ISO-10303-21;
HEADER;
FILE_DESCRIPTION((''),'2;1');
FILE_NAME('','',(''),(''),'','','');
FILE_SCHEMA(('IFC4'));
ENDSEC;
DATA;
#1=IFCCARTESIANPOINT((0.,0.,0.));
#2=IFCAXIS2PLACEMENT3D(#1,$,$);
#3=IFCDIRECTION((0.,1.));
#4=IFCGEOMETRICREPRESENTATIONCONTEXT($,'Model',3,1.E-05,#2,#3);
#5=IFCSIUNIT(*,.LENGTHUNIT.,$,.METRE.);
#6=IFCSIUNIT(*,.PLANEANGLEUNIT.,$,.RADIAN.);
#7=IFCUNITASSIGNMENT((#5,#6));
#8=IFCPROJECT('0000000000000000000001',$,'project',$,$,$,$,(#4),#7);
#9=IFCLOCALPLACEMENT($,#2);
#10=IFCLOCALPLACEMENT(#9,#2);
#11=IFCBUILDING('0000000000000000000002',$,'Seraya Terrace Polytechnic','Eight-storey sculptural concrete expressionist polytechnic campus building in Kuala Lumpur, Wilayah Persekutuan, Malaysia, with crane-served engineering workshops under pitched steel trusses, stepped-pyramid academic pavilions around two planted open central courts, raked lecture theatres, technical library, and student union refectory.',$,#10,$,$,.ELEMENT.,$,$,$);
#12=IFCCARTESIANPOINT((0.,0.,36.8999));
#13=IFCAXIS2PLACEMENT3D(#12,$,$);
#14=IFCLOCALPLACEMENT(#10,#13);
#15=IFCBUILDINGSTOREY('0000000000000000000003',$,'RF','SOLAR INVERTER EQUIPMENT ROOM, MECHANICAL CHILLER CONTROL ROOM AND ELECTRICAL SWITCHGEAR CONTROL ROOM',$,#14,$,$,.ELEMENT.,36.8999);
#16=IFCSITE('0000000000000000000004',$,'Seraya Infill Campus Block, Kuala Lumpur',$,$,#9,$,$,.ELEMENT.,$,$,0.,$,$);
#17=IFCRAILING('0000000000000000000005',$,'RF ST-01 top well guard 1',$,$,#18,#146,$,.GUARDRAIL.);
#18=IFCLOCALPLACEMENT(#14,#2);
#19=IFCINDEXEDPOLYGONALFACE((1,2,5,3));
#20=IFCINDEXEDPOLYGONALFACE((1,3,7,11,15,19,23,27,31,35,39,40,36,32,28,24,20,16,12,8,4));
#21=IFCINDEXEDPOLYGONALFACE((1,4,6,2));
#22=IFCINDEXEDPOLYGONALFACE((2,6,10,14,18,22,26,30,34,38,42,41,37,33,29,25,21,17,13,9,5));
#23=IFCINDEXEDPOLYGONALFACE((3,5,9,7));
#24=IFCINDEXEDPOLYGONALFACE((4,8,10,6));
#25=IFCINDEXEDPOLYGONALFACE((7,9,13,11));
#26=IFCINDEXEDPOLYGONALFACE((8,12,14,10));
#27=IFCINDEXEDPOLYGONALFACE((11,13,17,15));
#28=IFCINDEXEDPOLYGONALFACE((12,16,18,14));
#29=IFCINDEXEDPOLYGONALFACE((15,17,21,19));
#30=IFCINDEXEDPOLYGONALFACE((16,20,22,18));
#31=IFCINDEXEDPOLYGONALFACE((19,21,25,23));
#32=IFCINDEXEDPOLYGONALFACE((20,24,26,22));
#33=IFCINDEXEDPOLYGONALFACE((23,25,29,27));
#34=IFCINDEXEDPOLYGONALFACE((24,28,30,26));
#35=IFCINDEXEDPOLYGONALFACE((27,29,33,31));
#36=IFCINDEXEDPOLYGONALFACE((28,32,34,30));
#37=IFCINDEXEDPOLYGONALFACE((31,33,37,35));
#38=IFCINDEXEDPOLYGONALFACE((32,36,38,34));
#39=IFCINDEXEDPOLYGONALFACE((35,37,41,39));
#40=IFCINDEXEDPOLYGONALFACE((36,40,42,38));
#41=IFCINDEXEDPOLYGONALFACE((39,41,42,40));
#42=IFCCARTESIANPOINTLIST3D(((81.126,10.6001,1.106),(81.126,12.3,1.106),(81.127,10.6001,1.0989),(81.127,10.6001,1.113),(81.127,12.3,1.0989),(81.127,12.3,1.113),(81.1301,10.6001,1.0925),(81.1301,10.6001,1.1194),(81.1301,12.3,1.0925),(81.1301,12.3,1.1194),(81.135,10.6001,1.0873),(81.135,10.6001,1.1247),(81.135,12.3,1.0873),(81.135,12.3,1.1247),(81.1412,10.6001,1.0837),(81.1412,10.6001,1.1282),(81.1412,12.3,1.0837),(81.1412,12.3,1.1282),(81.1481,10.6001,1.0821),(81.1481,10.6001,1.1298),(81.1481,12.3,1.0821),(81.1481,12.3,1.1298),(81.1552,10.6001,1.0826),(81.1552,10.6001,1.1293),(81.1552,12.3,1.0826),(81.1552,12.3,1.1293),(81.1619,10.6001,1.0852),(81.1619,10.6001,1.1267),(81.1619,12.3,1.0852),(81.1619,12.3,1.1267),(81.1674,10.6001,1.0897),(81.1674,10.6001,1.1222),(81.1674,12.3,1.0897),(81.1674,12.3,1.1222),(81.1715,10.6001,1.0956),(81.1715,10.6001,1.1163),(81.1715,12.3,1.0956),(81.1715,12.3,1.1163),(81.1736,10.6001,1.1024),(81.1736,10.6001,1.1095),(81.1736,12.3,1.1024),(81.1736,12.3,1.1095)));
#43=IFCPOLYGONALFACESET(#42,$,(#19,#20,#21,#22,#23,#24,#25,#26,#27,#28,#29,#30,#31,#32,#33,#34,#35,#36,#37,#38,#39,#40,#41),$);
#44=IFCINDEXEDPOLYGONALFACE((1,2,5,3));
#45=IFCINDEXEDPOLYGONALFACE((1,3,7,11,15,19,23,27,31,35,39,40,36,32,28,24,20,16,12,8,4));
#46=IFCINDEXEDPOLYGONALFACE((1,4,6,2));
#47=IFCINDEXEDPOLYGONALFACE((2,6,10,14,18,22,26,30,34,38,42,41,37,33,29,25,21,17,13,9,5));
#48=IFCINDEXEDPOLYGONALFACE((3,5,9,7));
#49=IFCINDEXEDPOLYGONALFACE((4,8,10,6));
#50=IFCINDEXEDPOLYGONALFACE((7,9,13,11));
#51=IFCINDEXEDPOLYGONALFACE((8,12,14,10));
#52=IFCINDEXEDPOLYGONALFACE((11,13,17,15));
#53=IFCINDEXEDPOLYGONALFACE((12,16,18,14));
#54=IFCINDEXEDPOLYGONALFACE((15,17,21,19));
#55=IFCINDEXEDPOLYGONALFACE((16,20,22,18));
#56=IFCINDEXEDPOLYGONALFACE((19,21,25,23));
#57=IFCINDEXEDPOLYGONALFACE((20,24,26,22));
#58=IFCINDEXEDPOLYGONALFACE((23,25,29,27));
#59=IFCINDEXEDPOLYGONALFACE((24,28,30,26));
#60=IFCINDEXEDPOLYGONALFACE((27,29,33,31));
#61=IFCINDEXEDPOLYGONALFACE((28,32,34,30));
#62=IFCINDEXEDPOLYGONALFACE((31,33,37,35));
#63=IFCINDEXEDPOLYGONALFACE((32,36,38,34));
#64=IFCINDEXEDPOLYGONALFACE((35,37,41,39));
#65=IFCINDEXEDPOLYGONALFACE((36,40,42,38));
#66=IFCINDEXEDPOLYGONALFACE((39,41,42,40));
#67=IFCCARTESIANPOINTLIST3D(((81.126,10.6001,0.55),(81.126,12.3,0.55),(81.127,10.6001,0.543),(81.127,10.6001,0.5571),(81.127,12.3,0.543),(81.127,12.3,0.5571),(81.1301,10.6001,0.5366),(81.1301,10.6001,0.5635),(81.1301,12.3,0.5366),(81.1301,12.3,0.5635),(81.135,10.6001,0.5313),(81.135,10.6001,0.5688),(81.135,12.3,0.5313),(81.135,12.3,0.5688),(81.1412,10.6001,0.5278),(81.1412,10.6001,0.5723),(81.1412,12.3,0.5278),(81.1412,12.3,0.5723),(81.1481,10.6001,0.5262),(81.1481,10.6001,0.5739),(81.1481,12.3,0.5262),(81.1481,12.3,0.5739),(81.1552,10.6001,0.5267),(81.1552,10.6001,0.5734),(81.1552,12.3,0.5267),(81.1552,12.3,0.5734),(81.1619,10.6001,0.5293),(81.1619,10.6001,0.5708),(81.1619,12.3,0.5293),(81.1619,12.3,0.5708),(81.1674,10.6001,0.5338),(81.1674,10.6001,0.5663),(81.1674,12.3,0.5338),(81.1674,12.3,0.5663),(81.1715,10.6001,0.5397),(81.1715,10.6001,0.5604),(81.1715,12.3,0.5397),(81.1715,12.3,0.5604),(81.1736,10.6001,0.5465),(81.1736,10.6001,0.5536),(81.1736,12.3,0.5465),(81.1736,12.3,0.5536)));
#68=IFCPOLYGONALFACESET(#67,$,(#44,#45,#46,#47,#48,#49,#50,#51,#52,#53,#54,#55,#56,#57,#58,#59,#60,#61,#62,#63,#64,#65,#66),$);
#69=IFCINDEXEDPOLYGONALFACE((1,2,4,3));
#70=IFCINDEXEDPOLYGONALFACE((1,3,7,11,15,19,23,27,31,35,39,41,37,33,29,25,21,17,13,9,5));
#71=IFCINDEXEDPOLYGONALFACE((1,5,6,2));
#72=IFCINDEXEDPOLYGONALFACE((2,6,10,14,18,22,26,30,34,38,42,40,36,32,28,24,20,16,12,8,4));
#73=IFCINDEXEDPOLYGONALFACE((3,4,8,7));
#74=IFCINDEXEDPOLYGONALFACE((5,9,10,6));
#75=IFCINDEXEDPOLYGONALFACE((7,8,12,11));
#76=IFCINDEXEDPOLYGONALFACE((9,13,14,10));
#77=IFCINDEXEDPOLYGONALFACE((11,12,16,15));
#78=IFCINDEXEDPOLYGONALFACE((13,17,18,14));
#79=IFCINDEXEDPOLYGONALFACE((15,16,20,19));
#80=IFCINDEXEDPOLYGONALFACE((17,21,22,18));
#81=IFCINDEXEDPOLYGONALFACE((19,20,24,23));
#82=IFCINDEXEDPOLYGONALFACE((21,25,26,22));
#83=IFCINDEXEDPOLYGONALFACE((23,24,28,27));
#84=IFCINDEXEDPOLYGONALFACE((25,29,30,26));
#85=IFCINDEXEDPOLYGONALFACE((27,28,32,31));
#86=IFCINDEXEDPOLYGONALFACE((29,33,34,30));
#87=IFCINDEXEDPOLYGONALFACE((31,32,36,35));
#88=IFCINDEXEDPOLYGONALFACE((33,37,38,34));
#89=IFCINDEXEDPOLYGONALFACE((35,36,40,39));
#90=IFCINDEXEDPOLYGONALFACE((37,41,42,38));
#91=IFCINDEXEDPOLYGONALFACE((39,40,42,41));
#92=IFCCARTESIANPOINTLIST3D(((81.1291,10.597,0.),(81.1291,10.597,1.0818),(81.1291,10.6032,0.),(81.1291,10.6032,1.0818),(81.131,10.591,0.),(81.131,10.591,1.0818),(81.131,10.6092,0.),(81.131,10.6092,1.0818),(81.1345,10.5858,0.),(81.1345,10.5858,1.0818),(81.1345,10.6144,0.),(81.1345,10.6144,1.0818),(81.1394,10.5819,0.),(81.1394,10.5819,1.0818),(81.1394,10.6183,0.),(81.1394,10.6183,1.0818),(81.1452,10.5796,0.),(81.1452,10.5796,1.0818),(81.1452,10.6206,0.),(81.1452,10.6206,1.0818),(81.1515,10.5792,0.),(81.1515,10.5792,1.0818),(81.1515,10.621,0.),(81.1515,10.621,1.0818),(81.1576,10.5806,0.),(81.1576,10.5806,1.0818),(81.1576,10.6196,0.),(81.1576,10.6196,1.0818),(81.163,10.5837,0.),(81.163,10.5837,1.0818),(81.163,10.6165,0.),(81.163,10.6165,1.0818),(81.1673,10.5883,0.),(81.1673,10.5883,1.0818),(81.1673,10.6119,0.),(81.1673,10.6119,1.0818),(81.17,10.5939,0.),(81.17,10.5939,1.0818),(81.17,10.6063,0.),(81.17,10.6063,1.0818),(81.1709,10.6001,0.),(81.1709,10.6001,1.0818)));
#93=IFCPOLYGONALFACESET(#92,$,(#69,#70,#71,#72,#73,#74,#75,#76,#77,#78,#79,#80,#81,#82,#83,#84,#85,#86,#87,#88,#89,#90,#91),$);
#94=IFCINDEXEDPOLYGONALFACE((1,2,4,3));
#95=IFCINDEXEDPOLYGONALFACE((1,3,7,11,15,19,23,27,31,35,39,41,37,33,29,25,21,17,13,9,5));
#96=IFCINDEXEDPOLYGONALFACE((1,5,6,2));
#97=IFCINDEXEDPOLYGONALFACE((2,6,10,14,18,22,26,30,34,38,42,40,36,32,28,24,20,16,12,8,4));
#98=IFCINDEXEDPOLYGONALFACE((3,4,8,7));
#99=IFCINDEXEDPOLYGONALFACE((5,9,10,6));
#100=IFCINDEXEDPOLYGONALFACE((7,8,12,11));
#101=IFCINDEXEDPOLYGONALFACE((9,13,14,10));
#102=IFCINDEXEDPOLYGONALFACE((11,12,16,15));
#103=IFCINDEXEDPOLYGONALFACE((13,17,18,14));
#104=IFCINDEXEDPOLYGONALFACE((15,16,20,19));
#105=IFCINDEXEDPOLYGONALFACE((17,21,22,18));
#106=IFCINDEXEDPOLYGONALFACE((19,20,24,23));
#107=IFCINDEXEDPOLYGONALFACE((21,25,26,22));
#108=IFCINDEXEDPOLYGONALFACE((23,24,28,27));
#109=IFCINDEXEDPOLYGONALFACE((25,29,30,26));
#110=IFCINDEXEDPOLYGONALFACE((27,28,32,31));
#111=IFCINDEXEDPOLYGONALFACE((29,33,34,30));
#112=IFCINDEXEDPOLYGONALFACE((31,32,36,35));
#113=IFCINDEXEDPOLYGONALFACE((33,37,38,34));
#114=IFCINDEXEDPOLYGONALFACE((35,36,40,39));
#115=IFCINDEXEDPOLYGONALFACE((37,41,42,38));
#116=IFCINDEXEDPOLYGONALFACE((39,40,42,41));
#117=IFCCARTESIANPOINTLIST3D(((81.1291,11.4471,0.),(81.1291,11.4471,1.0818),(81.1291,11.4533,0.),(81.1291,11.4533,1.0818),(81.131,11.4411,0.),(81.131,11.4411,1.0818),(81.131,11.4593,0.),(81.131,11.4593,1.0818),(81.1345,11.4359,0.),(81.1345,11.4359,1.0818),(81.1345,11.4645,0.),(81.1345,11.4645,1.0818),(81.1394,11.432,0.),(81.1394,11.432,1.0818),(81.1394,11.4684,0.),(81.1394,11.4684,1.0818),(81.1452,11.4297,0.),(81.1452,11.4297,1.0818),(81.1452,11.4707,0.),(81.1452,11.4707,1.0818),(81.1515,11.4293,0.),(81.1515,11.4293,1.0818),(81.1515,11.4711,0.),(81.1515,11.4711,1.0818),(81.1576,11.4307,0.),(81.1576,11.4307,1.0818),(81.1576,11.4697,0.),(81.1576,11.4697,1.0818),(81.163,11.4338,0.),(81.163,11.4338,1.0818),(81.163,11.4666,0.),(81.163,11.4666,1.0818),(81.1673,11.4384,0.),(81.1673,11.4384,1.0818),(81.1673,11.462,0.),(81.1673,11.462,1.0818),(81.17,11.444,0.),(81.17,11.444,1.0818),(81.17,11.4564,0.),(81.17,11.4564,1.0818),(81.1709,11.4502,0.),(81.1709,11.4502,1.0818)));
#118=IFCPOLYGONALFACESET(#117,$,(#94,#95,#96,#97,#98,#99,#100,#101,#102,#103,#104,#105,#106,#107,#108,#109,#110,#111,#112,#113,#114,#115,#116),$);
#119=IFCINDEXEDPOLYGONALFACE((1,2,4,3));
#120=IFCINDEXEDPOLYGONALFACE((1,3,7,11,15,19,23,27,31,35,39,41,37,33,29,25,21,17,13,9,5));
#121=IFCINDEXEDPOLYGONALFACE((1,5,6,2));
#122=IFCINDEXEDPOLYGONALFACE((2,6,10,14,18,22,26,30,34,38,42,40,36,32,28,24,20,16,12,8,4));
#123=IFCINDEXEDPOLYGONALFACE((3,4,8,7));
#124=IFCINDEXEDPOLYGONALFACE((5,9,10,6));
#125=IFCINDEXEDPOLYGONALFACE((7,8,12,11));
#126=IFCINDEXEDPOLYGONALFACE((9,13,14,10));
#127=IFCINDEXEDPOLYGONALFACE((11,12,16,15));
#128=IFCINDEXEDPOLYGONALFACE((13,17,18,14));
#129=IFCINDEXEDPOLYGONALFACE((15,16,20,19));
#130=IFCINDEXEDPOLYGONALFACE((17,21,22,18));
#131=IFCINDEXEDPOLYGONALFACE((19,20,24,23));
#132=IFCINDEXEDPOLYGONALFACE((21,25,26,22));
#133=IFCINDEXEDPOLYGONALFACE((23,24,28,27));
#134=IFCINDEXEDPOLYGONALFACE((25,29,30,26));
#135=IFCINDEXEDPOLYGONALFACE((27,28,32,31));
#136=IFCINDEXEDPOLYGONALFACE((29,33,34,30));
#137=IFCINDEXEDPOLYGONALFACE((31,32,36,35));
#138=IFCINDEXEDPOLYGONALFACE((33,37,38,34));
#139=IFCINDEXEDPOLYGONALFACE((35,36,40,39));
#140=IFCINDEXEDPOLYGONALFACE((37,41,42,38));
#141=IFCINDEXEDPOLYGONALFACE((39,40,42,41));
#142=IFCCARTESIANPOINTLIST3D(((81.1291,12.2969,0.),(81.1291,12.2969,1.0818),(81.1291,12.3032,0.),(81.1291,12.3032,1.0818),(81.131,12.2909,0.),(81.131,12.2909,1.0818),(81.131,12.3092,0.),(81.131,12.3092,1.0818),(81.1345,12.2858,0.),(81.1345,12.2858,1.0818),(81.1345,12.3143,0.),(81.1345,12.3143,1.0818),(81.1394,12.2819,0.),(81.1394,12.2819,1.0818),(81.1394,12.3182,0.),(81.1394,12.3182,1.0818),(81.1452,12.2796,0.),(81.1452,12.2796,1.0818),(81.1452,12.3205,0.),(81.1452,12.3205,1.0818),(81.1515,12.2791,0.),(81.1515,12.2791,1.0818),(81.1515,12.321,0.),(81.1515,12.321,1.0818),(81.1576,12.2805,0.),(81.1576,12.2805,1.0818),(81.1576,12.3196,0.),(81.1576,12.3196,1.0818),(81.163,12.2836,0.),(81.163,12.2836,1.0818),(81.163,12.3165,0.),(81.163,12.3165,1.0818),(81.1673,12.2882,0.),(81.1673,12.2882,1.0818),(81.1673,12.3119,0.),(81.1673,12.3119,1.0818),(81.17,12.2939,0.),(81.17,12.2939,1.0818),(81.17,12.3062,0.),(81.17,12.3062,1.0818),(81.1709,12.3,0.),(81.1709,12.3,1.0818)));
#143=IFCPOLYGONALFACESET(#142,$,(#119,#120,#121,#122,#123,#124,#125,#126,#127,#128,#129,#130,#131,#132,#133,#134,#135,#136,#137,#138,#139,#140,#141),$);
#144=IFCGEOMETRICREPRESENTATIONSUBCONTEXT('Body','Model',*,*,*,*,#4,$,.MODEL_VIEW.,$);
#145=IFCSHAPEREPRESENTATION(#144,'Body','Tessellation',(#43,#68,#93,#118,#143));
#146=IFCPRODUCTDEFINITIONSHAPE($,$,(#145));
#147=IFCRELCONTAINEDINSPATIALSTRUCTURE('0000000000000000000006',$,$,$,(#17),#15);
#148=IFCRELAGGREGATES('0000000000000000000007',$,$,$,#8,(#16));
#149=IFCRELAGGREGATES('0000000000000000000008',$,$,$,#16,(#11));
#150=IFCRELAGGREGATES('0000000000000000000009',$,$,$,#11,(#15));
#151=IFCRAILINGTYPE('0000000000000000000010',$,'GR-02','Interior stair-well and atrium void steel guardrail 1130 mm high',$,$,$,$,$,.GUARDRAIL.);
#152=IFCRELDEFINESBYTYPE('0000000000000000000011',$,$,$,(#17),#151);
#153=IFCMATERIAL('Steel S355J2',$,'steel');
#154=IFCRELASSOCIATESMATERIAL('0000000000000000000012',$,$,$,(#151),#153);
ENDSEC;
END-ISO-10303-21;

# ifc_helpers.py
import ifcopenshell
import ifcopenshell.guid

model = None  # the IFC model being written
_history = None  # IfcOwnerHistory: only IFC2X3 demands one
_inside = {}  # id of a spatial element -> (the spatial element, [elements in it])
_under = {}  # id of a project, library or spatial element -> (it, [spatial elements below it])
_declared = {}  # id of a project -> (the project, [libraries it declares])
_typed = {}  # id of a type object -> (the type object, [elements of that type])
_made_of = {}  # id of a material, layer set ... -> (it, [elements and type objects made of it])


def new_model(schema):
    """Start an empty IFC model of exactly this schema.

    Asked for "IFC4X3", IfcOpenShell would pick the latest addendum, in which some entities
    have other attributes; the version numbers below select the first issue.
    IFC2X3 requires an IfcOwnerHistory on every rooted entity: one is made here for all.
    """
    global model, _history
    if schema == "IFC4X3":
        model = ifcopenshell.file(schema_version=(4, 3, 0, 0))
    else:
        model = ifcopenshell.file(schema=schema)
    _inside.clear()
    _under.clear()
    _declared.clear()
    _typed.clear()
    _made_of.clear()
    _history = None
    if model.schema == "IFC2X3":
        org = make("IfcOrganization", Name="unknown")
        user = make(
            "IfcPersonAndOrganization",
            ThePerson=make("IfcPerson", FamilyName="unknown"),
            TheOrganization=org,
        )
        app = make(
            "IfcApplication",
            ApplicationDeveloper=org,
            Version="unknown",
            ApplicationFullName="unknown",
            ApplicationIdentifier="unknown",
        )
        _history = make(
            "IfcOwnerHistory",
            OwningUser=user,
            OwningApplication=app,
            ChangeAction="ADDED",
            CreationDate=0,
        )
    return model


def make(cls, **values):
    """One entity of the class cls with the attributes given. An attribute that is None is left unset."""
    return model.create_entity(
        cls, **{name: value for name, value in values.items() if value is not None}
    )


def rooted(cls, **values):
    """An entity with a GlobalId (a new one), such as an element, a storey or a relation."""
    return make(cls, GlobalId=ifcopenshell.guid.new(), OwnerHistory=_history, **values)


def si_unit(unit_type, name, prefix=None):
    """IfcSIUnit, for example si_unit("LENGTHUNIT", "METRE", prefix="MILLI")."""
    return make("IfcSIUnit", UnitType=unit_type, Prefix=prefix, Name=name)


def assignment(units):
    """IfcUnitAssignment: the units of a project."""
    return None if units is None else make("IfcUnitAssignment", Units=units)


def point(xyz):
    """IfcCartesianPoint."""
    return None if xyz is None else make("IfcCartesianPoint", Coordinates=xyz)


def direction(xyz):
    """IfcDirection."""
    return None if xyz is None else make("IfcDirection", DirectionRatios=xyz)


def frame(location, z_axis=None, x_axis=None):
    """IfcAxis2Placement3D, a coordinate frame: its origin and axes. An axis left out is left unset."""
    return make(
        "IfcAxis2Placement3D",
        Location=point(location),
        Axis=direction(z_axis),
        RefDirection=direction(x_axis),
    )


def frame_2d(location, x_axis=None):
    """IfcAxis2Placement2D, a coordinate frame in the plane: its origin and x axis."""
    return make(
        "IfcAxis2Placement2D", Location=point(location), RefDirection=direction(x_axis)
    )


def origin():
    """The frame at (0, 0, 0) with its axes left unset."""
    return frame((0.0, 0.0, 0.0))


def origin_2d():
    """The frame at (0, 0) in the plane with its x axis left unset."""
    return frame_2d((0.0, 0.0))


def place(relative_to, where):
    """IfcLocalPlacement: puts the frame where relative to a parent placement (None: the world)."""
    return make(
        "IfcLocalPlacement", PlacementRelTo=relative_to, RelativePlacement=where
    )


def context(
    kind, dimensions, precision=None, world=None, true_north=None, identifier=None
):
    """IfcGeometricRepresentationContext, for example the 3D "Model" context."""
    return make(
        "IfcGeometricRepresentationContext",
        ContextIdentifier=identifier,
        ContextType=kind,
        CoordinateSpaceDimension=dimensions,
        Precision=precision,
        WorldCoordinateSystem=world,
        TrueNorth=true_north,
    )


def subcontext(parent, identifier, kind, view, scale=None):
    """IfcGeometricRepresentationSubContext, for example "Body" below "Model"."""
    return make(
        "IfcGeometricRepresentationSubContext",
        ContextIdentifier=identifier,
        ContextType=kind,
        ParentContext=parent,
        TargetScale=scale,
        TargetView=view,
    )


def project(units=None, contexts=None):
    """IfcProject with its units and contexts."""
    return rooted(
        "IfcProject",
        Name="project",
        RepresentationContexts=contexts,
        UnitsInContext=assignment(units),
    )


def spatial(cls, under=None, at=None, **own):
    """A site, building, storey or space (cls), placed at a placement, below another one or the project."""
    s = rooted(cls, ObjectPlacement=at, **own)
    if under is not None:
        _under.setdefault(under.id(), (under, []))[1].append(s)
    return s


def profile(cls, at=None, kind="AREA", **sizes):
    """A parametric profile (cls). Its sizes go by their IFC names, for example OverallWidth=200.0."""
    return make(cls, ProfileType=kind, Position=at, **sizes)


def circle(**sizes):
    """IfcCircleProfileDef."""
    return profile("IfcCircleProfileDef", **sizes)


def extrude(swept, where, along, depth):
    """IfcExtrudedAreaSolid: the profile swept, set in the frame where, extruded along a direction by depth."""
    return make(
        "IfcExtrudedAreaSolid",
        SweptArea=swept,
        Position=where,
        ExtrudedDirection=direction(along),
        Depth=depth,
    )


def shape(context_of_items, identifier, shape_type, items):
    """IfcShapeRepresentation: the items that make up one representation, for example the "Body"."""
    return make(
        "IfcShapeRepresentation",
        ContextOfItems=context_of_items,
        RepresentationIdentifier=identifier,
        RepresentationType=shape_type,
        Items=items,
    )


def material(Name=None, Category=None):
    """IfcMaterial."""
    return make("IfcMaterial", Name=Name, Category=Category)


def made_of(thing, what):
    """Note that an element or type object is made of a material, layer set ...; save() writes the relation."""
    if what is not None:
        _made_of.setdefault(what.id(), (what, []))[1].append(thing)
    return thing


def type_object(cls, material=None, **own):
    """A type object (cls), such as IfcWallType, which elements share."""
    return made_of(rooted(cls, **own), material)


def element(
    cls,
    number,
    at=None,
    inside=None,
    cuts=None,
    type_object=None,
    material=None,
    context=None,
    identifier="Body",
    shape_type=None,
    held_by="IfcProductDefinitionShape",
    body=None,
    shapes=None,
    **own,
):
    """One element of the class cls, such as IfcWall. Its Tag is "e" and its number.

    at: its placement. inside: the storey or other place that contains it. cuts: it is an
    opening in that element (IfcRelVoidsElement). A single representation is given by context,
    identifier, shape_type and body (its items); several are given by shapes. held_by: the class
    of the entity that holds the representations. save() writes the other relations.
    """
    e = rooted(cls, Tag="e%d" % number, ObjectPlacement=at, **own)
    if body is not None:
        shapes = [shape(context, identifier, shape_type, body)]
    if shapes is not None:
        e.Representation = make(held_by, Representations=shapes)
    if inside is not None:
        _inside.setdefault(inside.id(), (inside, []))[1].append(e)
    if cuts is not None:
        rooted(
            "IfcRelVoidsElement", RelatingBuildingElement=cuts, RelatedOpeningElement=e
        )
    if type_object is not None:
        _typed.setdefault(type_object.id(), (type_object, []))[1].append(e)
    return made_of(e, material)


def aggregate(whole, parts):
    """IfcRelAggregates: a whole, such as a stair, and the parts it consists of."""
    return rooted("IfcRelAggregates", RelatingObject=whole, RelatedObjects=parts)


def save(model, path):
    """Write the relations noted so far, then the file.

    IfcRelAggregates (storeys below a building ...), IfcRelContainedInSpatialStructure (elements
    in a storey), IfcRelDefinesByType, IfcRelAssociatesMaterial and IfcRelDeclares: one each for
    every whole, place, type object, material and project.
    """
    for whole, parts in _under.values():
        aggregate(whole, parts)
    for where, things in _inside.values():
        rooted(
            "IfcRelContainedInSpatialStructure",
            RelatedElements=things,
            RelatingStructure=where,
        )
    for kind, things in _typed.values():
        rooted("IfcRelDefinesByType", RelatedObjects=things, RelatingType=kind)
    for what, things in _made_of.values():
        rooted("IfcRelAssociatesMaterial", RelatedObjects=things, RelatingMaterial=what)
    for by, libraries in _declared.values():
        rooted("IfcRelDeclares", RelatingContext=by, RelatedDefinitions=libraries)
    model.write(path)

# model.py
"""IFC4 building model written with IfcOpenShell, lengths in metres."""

from ifc_helpers import new_model, si_unit, direction, frame, origin, origin_2d, place, context, subcontext, project, spatial, circle, extrude, material, type_object, element, save


model = new_model("IFC4")

# Units and contexts
model_context = context("Model", 3, precision=1e-05, world=origin(), true_north=direction((0.0, 1.0)))
body_context = subcontext(model_context, "Body", "Model", "MODEL_VIEW")
ifc_project = project(units=[si_unit("LENGTHUNIT", "METRE"), si_unit("PLANEANGLEUNIT", "RADIAN")], contexts=[model_context])

# Site, building, storey
site_placement = place(None, origin())
site = spatial("IfcSite", under=ifc_project, at=site_placement, Name="Seraya Infill Campus Block, Kuala Lumpur", CompositionType="ELEMENT", RefElevation=0.0)
building_placement = place(site_placement, origin())
building = spatial("IfcBuilding", under=site, at=building_placement, Name="Seraya Terrace Polytechnic", Description="Eight-storey sculptural concrete expressionist polytechnic campus building in Kuala Lumpur, Wilayah Persekutuan, Malaysia, with crane-served engineering workshops under pitched steel trusses, stepped-pyramid academic pavilions around two planted open central courts, raked lecture theatres, technical library, and student union refectory.", CompositionType="ELEMENT")
storey_placement = place(building_placement, frame((0.0, 0.0, 36.8999)))
storey = spatial("IfcBuildingStorey", under=building, at=storey_placement, Name="RF", Description="SOLAR INVERTER EQUIPMENT ROOM, MECHANICAL CHILLER CONTROL ROOM AND ELECTRICAL SWITCHGEAR CONTROL ROOM", CompositionType="ELEMENT", Elevation=36.8999)

# Shared definitions
ifc_material_1 = material(Name="Steel S355J2", Category="steel")

# Railing
railing_type = type_object("IfcRailingType", Name="GR-02", Description="Interior stair-well and atrium void steel guardrail 1130 mm high", PredefinedType="GUARDRAIL", material=ifc_material_1)
railing_placement = place(storey_placement, frame((81.1499, 10.6001, 0.0)))
element("IfcRailing", 1, at=railing_placement, inside=storey, type_object=railing_type, Name="RF ST-01 top well guard 1", PredefinedType="GUARDRAIL", context=body_context, shape_type="SweptSolid", body=[
    extrude(circle(Radius=0.0239, at=origin_2d()), frame((0.0, 0.0, 1.106), z_axis=(0.0, 1.0, 0.0), x_axis=(-1.0, 0.0, 0.0)), (0.0, 0.0, 1.0), 1.7),
    extrude(circle(Radius=0.0239, at=origin_2d()), frame((0.0, 0.0, 0.55), z_axis=(0.0, 1.0, 0.0), x_axis=(-1.0, 0.0, 0.0)), (0.0, 0.0, 1.0), 1.7),
    extrude(circle(Radius=0.021, at=origin_2d()), origin(), (0.0, 0.0, 1.0), 1.0818),
    extrude(circle(Radius=0.021, at=origin_2d()), frame((0.0, 0.8501, 0.0)), (0.0, 0.0, 1.0), 1.0818),
    extrude(circle(Radius=0.021, at=origin_2d()), frame((0.0, 1.7, 0.0)), (0.0, 0.0, 1.0), 1.0818),
])

save(model, "model.ifc")
